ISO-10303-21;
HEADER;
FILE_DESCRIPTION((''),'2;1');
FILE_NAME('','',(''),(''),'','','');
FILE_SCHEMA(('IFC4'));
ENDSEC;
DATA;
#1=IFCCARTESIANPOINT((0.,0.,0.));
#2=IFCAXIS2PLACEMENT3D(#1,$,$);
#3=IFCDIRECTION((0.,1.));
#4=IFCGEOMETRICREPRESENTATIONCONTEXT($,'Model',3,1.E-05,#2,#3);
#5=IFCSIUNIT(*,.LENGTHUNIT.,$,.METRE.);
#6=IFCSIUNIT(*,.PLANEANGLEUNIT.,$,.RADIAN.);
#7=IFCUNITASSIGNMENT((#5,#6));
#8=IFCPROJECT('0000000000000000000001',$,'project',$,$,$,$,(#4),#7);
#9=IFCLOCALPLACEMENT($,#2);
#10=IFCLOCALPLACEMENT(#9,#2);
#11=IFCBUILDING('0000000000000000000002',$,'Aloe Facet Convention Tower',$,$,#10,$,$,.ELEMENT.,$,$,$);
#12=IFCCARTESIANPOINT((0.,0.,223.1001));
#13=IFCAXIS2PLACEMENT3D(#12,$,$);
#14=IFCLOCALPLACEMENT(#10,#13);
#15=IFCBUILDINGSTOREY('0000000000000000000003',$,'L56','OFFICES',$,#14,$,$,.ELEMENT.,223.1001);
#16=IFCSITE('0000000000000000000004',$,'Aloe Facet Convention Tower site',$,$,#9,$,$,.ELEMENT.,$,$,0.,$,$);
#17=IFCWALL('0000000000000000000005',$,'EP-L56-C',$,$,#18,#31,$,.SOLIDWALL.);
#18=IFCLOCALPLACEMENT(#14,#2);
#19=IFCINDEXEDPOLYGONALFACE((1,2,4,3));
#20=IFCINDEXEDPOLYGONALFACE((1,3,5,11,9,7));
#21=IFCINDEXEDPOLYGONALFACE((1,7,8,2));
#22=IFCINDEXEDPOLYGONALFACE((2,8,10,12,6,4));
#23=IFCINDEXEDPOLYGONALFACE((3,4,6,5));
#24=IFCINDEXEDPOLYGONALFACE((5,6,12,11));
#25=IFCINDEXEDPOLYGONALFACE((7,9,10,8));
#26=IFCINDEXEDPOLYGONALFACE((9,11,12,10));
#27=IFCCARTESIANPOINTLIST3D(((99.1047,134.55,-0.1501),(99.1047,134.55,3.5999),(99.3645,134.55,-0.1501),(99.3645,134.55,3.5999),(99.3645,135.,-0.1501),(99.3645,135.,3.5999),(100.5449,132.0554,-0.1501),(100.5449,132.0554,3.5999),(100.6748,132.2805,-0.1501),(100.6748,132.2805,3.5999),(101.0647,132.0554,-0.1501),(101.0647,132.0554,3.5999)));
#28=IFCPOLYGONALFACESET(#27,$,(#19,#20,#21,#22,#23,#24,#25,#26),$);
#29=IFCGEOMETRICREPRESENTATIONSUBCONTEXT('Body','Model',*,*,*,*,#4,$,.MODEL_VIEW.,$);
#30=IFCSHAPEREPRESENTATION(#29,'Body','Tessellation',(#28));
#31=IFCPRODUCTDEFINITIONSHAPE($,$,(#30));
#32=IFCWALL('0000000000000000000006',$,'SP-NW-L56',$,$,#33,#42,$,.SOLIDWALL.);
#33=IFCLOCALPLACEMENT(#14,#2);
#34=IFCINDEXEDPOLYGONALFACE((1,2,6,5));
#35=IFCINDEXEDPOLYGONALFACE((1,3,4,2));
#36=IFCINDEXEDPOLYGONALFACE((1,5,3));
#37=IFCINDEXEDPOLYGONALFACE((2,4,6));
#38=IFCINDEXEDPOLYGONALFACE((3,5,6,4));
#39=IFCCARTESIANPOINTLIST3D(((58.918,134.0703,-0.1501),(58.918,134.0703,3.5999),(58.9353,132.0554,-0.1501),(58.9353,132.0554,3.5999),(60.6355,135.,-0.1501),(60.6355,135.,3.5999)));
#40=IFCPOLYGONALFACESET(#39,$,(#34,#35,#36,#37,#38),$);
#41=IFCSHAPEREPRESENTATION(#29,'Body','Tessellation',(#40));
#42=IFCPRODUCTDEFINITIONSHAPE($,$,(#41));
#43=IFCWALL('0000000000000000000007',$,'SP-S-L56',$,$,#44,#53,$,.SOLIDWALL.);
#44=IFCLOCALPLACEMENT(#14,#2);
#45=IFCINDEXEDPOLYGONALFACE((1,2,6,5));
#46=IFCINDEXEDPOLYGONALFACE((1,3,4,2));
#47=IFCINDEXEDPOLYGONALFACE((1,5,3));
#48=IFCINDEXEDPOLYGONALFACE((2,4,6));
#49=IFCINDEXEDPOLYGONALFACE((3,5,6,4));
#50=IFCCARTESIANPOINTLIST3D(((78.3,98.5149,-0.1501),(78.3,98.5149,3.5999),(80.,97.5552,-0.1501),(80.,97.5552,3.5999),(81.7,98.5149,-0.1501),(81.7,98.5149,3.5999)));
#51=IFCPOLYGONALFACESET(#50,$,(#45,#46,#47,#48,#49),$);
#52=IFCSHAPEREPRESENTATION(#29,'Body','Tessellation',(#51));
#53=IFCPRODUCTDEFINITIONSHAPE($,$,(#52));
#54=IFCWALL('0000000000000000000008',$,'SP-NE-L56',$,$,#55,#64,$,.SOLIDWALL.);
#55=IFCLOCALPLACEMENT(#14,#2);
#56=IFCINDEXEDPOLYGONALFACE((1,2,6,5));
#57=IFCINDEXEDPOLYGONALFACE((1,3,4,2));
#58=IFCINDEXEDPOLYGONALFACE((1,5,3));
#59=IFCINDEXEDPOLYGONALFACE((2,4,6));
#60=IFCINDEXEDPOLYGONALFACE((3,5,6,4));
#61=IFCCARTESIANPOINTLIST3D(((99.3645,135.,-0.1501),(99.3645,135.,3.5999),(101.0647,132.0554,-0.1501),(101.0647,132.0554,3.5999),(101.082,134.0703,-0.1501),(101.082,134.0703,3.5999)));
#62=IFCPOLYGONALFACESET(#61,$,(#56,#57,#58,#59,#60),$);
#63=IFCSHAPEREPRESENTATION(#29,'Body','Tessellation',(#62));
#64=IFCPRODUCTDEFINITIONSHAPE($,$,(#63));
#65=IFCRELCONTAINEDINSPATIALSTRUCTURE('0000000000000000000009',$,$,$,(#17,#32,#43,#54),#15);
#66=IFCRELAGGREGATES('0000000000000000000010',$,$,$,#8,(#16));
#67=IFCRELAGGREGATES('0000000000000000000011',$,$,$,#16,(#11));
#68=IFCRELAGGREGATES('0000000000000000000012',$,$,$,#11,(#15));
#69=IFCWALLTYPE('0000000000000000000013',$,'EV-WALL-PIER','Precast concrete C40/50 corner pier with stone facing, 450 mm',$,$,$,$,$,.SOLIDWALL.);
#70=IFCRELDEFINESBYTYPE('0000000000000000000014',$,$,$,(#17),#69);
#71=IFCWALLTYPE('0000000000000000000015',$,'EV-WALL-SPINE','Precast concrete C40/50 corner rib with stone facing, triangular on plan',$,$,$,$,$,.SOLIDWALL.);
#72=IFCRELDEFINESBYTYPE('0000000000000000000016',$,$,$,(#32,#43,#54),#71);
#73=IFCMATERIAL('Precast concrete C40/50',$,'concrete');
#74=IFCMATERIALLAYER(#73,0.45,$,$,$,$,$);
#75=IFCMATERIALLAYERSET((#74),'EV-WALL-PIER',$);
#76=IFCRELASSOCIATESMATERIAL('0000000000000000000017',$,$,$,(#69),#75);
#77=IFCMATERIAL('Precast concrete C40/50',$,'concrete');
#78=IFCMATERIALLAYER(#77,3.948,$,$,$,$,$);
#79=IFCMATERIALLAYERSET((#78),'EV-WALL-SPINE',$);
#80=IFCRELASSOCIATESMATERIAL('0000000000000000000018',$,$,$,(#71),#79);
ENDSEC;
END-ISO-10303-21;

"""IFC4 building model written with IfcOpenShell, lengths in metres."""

from ifc_helpers import new_model, si_unit, direction, frame, origin, place, context, subcontext, project, spatial, polyline, outline, extrude, material, layer, layer_set, type_object, element, save


model = new_model("IFC4")

# Units and contexts
model_context = context("Model", 3, precision=1e-05, world=origin(), true_north=direction((0.0, 1.0)))
body_context = subcontext(model_context, "Body", "Model", "MODEL_VIEW")
ifc_project = project(units=[si_unit("LENGTHUNIT", "METRE"), si_unit("PLANEANGLEUNIT", "RADIAN")], contexts=[model_context])

# Site, building, storey
site_placement = place(None, origin())
site = spatial("IfcSite", under=ifc_project, at=site_placement, Name="Aloe Facet Convention Tower site", CompositionType="ELEMENT", RefElevation=0.0)
building_placement = place(site_placement, origin())
building = spatial("IfcBuilding", under=site, at=building_placement, Name="Aloe Facet Convention Tower", CompositionType="ELEMENT")
storey_placement = place(building_placement, frame((0.0, 0.0, 223.1001)))
storey = spatial("IfcBuildingStorey", under=building, at=storey_placement, Name="L56", Description="OFFICES", CompositionType="ELEMENT", Elevation=223.1001)

# Walls
ifc_material_1 = material(Name="Precast concrete C40/50", Category="concrete")
ifc_layer_1 = layer(ifc_material_1, 0.45)
ifc_layer_set_1 = layer_set([ifc_layer_1], Name="EV-WALL-PIER")
wall_type_1 = type_object("IfcWallType", Name="EV-WALL-PIER", Description="Precast concrete C40/50 corner pier with stone facing, 450 mm", PredefinedType="SOLIDWALL", material=ifc_layer_set_1)
wall_1_placement = place(storey_placement, frame((0.0, 0.0, -0.1501)))
element("IfcWall", 1, at=wall_1_placement, inside=storey, type_object=wall_type_1, Name="EP-L56-C", PredefinedType="SOLIDWALL", context=body_context, shape_type="SweptSolid", body=[
    extrude(outline(polyline([(101.0647, 132.0554), (100.6748, 132.2805), (100.5449, 132.0554), (99.1047, 134.55), (99.3645, 134.55), (99.3645, 135.0), (101.0647, 132.0554)])), origin(), (0.0, 0.0, 1.0), 3.75),
])
ifc_material_2 = material(Name="Precast concrete C40/50", Category="concrete")
ifc_layer_2 = layer(ifc_material_2, 3.948)
ifc_layer_set_2 = layer_set([ifc_layer_2], Name="EV-WALL-SPINE")
wall_type_2 = type_object("IfcWallType", Name="EV-WALL-SPINE", Description="Precast concrete C40/50 corner rib with stone facing, triangular on plan", PredefinedType="SOLIDWALL", material=ifc_layer_set_2)
wall_2_placement = place(storey_placement, frame((0.0, 0.0, -0.1501)))
element("IfcWall", 2, at=wall_2_placement, inside=storey, type_object=wall_type_2, Name="SP-NW-L56", PredefinedType="SOLIDWALL", context=body_context, shape_type="SweptSolid", body=[
    extrude(outline(polyline([(60.6355, 135.0), (58.918, 134.0703), (58.9353, 132.0554), (60.6355, 135.0)])), origin(), (0.0, 0.0, 1.0), 3.75),
])
wall_3_placement = place(storey_placement, frame((0.0, 0.0, -0.1501)))
element("IfcWall", 3, at=wall_3_placement, inside=storey, type_object=wall_type_2, Name="SP-S-L56", PredefinedType="SOLIDWALL", context=body_context, shape_type="SweptSolid", body=[
    extrude(outline(polyline([(78.3, 98.5149), (80.0, 97.5552), (81.7, 98.5149), (78.3, 98.5149)])), origin(), (0.0, 0.0, 1.0), 3.75),
])
wall_4_placement = place(storey_placement, frame((0.0, 0.0, -0.1501)))
element("IfcWall", 4, at=wall_4_placement, inside=storey, type_object=wall_type_2, Name="SP-NE-L56", PredefinedType="SOLIDWALL", context=body_context, shape_type="SweptSolid", body=[
    extrude(outline(polyline([(101.0647, 132.0554), (101.082, 134.0703), (99.3645, 135.0), (101.0647, 132.0554)])), origin(), (0.0, 0.0, 1.0), 3.75),
])

save(model, "model.ifc")
